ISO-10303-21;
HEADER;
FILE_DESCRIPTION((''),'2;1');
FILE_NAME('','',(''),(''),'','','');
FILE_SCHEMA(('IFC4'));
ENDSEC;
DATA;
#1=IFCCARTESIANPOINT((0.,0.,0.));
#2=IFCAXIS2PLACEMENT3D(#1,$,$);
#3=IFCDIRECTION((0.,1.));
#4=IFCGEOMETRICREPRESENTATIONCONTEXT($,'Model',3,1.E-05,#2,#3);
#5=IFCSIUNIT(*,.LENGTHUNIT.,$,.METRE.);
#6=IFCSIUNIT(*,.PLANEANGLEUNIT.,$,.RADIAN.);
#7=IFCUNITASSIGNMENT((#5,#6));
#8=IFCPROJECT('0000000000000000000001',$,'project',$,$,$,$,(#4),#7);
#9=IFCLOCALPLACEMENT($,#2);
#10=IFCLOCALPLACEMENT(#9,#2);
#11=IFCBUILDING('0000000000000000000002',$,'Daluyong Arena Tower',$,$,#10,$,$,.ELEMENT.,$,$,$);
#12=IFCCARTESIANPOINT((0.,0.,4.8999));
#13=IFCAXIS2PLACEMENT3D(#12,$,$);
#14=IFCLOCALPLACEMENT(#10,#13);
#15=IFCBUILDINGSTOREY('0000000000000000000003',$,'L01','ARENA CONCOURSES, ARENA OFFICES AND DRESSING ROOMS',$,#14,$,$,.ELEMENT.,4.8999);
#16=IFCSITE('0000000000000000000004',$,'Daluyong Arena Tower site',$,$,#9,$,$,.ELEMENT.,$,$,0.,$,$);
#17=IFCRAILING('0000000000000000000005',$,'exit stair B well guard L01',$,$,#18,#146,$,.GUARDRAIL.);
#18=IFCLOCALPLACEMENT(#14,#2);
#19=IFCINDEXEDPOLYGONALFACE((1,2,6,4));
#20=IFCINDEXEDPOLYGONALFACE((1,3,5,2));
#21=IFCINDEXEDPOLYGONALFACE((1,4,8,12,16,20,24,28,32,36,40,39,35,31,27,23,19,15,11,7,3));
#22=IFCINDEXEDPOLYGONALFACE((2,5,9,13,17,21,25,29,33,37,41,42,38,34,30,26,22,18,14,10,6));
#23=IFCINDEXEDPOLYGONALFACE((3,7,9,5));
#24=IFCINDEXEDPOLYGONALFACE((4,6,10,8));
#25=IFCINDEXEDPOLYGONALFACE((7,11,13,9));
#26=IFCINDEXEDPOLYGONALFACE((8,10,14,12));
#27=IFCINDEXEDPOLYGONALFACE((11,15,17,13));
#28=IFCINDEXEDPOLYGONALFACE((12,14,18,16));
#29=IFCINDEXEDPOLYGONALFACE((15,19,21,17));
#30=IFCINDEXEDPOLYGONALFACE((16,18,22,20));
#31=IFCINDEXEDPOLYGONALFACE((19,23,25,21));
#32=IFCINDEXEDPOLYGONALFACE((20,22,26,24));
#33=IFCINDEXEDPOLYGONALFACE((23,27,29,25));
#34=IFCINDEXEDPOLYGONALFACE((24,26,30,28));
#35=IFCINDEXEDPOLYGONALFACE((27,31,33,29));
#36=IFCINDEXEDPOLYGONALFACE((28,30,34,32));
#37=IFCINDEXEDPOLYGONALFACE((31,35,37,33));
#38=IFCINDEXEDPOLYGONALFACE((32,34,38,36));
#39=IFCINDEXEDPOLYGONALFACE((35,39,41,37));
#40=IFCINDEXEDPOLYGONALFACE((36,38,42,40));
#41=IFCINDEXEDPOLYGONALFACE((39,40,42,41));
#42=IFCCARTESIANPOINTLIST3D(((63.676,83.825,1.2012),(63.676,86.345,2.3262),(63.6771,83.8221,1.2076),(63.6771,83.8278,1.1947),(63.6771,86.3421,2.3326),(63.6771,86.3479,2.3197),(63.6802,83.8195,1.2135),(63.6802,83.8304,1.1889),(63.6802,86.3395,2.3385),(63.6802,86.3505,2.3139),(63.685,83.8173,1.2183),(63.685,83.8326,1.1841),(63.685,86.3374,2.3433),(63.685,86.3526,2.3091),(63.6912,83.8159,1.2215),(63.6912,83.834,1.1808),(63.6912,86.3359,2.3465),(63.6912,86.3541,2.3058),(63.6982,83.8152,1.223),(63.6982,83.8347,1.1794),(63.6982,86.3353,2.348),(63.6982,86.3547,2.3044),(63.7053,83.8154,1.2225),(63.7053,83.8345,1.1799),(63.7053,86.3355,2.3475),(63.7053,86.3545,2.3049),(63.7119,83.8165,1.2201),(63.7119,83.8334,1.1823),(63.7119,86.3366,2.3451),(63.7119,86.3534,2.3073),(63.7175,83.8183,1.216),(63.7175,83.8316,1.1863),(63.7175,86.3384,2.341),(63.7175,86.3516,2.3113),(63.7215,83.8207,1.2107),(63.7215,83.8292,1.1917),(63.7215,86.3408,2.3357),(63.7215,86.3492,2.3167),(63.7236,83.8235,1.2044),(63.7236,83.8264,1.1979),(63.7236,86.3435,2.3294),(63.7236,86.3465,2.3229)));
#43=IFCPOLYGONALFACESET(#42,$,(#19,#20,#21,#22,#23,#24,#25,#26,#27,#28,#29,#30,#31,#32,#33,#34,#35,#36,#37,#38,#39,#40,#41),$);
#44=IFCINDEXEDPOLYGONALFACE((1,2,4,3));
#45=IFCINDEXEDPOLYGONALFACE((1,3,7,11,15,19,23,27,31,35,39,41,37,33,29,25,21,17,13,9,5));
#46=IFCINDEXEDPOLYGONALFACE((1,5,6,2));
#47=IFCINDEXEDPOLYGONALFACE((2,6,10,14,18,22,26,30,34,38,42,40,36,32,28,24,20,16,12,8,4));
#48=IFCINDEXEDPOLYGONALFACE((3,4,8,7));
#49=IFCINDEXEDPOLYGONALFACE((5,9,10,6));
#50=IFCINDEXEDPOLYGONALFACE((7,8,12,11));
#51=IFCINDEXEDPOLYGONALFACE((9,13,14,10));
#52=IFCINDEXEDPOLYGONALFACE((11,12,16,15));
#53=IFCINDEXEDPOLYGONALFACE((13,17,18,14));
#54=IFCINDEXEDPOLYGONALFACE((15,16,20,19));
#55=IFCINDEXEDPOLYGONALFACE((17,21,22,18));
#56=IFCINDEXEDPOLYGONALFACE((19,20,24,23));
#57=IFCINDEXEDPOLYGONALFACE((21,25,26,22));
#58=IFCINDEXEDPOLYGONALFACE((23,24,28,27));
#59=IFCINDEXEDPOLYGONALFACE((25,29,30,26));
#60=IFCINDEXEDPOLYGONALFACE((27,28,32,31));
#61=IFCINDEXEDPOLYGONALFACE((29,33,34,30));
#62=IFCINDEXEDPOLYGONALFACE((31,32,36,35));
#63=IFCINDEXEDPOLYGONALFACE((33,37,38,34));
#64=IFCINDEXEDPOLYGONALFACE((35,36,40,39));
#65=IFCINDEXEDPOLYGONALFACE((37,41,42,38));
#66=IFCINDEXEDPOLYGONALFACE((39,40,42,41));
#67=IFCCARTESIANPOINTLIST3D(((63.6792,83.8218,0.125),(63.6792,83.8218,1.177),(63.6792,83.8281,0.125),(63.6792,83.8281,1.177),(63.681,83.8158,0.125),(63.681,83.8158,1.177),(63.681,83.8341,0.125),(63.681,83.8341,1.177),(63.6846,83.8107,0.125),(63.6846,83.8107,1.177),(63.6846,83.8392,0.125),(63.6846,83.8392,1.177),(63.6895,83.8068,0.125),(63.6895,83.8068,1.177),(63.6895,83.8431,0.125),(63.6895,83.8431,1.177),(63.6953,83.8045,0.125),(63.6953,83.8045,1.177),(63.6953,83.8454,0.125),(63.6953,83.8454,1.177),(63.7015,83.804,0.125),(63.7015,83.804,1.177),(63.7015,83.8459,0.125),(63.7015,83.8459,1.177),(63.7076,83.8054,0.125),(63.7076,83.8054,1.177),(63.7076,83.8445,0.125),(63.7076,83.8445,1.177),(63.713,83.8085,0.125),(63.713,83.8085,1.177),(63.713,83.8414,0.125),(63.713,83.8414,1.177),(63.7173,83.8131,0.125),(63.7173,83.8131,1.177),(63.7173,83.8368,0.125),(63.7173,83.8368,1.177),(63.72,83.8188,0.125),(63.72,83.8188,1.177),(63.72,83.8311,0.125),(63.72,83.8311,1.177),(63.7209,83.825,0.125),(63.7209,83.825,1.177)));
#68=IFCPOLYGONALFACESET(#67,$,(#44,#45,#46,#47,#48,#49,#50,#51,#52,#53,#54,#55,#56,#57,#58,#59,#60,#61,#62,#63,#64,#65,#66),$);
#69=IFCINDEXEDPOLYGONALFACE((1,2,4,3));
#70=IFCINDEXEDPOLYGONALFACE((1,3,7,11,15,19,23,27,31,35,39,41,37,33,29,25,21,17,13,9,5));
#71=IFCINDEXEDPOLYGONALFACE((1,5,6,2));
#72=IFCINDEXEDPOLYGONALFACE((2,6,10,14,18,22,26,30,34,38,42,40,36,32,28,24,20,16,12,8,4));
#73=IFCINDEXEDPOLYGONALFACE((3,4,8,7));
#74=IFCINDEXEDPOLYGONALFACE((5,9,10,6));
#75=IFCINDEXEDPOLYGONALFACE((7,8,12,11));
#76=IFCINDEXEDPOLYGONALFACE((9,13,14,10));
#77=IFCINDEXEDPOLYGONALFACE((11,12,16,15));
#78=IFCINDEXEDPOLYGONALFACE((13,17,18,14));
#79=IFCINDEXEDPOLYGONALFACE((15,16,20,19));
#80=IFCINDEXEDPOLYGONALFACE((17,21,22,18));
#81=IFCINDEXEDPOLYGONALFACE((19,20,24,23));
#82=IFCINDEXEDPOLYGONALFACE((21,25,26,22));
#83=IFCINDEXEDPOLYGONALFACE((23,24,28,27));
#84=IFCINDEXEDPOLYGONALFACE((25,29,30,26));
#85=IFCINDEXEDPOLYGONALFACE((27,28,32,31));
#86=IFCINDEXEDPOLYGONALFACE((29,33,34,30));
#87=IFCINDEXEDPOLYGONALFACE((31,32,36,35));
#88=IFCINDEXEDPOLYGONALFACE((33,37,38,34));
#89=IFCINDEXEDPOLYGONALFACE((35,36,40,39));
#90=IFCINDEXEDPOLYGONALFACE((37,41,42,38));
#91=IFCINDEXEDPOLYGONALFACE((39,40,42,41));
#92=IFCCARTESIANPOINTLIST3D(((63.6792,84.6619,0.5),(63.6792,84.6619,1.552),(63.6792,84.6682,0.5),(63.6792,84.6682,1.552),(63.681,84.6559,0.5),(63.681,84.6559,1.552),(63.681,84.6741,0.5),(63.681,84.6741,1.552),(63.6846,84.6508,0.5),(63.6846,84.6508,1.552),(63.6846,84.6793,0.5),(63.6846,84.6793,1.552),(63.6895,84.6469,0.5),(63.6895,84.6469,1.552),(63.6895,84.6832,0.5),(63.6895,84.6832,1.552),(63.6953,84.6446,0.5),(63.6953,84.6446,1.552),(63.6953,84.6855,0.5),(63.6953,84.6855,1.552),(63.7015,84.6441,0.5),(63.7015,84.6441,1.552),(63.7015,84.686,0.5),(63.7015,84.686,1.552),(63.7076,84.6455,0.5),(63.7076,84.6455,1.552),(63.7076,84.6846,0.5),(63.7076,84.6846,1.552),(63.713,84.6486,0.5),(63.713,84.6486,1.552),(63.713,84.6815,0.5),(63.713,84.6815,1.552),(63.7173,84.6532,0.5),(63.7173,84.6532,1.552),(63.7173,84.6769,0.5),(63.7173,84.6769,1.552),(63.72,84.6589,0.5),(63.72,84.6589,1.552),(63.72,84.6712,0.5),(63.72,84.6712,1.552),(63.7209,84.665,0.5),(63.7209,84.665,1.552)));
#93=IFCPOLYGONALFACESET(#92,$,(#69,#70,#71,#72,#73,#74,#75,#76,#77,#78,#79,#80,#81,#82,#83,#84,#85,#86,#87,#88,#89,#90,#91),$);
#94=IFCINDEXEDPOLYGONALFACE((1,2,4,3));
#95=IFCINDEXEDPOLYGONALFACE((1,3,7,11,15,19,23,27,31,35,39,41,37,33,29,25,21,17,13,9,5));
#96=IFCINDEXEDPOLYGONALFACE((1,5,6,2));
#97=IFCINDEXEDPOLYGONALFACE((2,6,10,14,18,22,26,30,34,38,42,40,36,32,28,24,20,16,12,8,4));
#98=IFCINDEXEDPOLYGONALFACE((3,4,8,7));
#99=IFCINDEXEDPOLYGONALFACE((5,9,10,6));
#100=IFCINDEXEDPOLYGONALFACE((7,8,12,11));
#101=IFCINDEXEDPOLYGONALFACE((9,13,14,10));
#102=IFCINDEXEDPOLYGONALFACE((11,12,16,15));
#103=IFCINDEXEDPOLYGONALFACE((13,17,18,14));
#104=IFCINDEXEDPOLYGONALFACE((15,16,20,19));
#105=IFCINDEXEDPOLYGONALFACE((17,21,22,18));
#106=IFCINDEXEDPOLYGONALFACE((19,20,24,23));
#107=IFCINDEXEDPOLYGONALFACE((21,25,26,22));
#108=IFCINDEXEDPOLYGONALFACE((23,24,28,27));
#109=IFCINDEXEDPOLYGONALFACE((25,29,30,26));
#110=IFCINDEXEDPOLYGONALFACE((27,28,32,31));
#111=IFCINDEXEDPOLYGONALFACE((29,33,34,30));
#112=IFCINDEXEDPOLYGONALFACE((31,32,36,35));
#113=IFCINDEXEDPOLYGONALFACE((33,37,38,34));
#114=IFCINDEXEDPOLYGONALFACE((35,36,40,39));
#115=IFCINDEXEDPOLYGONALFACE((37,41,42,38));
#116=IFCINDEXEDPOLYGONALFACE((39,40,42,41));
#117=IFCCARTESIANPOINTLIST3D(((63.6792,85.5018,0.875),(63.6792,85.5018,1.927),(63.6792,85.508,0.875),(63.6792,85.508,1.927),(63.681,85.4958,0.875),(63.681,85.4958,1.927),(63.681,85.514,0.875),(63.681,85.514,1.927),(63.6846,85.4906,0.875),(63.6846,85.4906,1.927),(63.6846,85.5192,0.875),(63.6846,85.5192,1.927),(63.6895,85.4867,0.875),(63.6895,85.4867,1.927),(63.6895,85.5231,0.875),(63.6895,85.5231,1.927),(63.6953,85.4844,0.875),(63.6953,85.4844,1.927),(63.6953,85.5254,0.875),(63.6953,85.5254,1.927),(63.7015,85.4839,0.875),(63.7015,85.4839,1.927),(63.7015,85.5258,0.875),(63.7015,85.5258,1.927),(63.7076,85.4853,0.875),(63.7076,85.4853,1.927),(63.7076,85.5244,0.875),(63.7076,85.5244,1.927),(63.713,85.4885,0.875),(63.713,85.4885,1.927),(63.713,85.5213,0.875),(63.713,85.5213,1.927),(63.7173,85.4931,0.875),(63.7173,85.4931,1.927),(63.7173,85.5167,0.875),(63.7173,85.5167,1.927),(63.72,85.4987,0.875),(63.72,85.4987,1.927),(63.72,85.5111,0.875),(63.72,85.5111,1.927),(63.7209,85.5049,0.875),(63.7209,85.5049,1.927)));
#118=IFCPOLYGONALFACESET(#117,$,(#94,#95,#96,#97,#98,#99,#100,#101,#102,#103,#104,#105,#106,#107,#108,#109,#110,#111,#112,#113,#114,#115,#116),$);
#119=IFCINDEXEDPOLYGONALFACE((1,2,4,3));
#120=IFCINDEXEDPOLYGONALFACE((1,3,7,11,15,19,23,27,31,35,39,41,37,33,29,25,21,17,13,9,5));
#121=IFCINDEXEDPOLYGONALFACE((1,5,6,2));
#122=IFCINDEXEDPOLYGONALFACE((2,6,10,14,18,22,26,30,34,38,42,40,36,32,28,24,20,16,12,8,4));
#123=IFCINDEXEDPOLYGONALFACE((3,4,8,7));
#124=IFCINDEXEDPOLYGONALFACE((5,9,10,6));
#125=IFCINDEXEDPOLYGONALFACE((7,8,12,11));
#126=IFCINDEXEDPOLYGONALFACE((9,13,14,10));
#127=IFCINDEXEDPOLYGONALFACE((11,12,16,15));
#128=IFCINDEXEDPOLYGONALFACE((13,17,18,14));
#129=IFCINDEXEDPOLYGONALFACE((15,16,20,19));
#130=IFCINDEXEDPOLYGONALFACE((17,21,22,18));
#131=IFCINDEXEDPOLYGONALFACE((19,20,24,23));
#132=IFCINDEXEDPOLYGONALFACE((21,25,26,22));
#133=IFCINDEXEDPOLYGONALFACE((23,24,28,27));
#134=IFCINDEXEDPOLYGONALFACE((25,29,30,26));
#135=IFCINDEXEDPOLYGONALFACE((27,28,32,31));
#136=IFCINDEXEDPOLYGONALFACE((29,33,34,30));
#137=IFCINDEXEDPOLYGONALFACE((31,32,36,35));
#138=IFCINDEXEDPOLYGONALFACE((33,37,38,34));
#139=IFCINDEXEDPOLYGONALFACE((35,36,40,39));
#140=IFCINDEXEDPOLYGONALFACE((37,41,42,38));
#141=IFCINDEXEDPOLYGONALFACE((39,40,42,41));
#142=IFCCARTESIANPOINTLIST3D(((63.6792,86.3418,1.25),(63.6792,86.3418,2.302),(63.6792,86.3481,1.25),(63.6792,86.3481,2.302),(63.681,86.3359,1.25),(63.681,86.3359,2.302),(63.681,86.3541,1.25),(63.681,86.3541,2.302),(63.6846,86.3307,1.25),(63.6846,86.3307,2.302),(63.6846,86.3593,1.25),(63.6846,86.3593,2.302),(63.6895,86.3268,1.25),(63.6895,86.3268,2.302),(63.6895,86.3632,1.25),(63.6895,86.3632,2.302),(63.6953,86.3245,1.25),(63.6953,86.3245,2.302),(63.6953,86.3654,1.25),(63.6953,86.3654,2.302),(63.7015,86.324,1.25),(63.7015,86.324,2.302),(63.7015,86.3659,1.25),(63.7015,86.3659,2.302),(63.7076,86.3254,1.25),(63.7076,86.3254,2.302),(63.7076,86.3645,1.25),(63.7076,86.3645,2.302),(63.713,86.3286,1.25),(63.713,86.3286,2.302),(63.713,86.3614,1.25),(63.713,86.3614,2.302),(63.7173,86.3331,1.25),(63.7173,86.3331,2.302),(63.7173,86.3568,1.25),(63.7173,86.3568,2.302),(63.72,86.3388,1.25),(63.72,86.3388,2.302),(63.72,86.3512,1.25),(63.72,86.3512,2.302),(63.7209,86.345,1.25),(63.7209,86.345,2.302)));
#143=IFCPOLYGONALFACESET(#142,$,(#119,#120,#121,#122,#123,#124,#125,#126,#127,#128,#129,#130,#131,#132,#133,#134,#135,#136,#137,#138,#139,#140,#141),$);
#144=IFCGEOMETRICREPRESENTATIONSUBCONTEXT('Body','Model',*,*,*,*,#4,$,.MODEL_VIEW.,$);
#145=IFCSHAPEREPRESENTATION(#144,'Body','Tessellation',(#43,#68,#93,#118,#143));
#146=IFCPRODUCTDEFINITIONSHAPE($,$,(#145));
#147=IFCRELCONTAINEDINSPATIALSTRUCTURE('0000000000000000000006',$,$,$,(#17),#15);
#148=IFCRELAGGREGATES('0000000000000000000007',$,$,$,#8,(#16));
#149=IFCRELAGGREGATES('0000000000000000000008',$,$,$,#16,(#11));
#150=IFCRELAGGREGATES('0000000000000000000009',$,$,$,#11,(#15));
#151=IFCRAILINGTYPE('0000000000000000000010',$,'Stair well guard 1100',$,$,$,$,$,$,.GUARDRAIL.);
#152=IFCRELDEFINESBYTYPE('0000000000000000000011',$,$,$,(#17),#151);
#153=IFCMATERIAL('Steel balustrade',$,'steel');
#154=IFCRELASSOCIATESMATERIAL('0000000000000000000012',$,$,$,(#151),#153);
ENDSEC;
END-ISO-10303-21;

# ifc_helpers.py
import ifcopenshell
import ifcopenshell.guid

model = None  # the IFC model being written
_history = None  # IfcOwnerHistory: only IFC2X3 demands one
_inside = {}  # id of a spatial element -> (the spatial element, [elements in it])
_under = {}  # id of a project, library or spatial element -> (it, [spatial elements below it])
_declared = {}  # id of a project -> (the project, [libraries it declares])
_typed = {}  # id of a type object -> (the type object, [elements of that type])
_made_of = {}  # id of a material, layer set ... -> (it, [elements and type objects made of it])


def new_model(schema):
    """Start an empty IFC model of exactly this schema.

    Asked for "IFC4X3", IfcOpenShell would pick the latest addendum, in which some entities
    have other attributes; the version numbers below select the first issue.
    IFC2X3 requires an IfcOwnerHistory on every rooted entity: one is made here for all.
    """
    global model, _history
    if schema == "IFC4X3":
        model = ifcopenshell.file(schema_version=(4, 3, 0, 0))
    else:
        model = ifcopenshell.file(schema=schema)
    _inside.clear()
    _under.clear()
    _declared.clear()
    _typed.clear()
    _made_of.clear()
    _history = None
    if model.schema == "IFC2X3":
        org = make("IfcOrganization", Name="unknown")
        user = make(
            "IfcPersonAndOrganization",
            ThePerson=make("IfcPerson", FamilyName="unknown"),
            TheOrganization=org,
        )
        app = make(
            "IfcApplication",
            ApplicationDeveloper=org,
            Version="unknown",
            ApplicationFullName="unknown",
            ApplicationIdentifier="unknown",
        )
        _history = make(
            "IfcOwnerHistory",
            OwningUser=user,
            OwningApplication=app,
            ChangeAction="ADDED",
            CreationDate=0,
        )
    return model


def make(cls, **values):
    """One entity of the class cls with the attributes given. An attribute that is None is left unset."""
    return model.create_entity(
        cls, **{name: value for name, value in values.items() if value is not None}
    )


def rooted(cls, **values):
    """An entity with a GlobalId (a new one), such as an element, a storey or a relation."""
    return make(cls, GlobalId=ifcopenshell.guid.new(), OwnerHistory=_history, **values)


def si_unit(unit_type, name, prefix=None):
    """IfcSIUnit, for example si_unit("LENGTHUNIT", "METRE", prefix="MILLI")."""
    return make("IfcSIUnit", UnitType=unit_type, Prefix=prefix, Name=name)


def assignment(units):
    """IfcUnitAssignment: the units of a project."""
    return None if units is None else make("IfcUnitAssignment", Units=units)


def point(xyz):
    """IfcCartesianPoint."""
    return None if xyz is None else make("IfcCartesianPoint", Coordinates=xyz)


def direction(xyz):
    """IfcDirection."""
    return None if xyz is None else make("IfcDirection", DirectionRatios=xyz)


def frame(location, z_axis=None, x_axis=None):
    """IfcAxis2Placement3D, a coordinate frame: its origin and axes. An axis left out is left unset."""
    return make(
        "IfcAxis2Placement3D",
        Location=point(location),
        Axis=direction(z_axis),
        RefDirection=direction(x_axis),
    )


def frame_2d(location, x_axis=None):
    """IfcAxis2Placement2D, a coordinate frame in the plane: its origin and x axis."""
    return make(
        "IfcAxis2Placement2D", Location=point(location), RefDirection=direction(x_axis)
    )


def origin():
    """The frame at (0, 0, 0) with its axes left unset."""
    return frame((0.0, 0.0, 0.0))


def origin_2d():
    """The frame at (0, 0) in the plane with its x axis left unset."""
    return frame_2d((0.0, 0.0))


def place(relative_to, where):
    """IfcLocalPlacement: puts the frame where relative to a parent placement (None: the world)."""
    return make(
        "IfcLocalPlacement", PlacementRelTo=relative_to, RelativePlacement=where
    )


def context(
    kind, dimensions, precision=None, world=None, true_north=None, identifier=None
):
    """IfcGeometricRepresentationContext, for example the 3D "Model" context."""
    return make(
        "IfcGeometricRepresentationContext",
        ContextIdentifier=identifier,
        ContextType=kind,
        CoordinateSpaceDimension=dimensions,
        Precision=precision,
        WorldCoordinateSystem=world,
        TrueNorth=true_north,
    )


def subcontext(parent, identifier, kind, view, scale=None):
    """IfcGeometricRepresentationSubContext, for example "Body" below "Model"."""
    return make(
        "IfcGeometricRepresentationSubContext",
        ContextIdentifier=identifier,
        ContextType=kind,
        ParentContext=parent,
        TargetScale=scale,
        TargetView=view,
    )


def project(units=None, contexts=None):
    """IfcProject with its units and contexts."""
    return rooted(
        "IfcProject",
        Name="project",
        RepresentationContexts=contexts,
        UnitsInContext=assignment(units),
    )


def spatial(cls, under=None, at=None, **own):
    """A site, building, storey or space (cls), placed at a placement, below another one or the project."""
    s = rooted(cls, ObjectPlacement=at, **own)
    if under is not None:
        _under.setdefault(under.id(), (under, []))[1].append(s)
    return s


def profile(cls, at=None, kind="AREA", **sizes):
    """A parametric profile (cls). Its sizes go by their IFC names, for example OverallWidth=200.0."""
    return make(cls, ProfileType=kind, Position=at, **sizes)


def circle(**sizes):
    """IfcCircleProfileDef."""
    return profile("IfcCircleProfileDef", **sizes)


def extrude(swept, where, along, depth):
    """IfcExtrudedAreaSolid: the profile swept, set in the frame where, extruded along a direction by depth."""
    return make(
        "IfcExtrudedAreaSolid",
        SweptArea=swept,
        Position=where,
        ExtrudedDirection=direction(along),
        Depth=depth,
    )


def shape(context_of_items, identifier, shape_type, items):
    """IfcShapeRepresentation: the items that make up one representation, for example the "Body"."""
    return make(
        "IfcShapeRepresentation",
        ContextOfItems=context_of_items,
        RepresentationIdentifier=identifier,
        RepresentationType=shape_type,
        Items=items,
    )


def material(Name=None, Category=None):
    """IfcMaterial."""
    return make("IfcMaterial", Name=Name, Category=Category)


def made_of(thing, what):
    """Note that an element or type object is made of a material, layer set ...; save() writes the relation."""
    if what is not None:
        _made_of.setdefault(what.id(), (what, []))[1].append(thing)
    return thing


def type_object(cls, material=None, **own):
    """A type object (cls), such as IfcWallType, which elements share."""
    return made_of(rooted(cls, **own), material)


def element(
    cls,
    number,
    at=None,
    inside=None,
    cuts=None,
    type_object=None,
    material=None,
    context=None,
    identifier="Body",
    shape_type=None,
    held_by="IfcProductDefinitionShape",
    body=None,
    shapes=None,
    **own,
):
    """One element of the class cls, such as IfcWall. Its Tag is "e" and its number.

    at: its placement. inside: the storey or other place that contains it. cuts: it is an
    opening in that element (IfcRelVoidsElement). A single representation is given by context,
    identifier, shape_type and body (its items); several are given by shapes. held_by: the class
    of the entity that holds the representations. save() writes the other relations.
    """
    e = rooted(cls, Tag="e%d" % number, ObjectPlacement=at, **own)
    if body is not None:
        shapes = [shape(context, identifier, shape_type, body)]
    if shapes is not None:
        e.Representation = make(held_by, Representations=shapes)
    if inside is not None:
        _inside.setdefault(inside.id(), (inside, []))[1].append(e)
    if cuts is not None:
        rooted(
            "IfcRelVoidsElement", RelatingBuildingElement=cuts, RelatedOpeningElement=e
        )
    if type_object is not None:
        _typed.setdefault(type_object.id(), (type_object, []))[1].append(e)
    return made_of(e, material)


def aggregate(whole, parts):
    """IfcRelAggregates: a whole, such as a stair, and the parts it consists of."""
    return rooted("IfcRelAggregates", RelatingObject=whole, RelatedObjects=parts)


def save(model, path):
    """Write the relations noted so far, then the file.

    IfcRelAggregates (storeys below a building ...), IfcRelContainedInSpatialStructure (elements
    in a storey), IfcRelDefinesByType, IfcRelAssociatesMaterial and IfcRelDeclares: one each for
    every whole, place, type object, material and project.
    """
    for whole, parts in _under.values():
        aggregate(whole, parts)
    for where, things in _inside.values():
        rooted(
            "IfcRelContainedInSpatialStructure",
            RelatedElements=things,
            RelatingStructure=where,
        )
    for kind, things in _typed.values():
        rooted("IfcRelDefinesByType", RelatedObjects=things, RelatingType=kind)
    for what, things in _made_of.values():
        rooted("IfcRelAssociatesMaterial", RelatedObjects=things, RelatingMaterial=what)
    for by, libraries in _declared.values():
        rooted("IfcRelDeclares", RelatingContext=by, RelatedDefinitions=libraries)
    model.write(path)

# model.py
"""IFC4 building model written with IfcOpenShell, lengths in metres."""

from ifc_helpers import new_model, si_unit, direction, frame, origin, origin_2d, place, context, subcontext, project, spatial, circle, extrude, material, type_object, element, save


model = new_model("IFC4")

# Units and contexts
model_context = context("Model", 3, precision=1e-05, world=origin(), true_north=direction((0.0, 1.0)))
body_context = subcontext(model_context, "Body", "Model", "MODEL_VIEW")
ifc_project = project(units=[si_unit("LENGTHUNIT", "METRE"), si_unit("PLANEANGLEUNIT", "RADIAN")], contexts=[model_context])

# Site, building, storey
site_placement = place(None, origin())
site = spatial("IfcSite", under=ifc_project, at=site_placement, Name="Daluyong Arena Tower site", CompositionType="ELEMENT", RefElevation=0.0)
building_placement = place(site_placement, origin())
building = spatial("IfcBuilding", under=site, at=building_placement, Name="Daluyong Arena Tower", CompositionType="ELEMENT")
storey_placement = place(building_placement, frame((0.0, 0.0, 4.8999)))
storey = spatial("IfcBuildingStorey", under=building, at=storey_placement, Name="L01", Description="ARENA CONCOURSES, ARENA OFFICES AND DRESSING ROOMS", CompositionType="ELEMENT", Elevation=4.8999)

# Railing
ifc_material_1 = material(Name="Steel balustrade", Category="steel")
railing_type = type_object("IfcRailingType", Name="Stair well guard 1100", PredefinedType="GUARDRAIL", material=ifc_material_1)
for number, where, name in (
    (1, (63.7, 83.825, 0.125), "exit stair B well guard L01"),
):
    element("IfcRailing", number, at=place(storey_placement, frame(where)), inside=storey, type_object=railing_type, Name=name, PredefinedType="GUARDRAIL", context=body_context, shape_type="SweptSolid", body=[
        extrude(circle(Radius=0.0239, at=origin_2d()), frame((0.0, 0.0, 1.0762), z_axis=(0.0, 0.913139, 0.407648), x_axis=(-1.0, 0.0, 0.0)), (0.0, 0.0, 1.0), 2.7598),
        extrude(circle(Radius=0.021, at=origin_2d()), origin(), (0.0, 0.0, 1.0), 1.052),
        extrude(circle(Radius=0.021, at=origin_2d()), frame((0.0, 0.8401, 0.375)), (0.0, 0.0, 1.0), 1.052),
        extrude(circle(Radius=0.021, at=origin_2d()), frame((0.0, 1.6799, 0.75)), (0.0, 0.0, 1.0), 1.052),
        extrude(circle(Radius=0.021, at=origin_2d()), frame((0.0, 2.52, 1.125)), (0.0, 0.0, 1.0), 1.052),
    ])

save(model, "model.ifc")
